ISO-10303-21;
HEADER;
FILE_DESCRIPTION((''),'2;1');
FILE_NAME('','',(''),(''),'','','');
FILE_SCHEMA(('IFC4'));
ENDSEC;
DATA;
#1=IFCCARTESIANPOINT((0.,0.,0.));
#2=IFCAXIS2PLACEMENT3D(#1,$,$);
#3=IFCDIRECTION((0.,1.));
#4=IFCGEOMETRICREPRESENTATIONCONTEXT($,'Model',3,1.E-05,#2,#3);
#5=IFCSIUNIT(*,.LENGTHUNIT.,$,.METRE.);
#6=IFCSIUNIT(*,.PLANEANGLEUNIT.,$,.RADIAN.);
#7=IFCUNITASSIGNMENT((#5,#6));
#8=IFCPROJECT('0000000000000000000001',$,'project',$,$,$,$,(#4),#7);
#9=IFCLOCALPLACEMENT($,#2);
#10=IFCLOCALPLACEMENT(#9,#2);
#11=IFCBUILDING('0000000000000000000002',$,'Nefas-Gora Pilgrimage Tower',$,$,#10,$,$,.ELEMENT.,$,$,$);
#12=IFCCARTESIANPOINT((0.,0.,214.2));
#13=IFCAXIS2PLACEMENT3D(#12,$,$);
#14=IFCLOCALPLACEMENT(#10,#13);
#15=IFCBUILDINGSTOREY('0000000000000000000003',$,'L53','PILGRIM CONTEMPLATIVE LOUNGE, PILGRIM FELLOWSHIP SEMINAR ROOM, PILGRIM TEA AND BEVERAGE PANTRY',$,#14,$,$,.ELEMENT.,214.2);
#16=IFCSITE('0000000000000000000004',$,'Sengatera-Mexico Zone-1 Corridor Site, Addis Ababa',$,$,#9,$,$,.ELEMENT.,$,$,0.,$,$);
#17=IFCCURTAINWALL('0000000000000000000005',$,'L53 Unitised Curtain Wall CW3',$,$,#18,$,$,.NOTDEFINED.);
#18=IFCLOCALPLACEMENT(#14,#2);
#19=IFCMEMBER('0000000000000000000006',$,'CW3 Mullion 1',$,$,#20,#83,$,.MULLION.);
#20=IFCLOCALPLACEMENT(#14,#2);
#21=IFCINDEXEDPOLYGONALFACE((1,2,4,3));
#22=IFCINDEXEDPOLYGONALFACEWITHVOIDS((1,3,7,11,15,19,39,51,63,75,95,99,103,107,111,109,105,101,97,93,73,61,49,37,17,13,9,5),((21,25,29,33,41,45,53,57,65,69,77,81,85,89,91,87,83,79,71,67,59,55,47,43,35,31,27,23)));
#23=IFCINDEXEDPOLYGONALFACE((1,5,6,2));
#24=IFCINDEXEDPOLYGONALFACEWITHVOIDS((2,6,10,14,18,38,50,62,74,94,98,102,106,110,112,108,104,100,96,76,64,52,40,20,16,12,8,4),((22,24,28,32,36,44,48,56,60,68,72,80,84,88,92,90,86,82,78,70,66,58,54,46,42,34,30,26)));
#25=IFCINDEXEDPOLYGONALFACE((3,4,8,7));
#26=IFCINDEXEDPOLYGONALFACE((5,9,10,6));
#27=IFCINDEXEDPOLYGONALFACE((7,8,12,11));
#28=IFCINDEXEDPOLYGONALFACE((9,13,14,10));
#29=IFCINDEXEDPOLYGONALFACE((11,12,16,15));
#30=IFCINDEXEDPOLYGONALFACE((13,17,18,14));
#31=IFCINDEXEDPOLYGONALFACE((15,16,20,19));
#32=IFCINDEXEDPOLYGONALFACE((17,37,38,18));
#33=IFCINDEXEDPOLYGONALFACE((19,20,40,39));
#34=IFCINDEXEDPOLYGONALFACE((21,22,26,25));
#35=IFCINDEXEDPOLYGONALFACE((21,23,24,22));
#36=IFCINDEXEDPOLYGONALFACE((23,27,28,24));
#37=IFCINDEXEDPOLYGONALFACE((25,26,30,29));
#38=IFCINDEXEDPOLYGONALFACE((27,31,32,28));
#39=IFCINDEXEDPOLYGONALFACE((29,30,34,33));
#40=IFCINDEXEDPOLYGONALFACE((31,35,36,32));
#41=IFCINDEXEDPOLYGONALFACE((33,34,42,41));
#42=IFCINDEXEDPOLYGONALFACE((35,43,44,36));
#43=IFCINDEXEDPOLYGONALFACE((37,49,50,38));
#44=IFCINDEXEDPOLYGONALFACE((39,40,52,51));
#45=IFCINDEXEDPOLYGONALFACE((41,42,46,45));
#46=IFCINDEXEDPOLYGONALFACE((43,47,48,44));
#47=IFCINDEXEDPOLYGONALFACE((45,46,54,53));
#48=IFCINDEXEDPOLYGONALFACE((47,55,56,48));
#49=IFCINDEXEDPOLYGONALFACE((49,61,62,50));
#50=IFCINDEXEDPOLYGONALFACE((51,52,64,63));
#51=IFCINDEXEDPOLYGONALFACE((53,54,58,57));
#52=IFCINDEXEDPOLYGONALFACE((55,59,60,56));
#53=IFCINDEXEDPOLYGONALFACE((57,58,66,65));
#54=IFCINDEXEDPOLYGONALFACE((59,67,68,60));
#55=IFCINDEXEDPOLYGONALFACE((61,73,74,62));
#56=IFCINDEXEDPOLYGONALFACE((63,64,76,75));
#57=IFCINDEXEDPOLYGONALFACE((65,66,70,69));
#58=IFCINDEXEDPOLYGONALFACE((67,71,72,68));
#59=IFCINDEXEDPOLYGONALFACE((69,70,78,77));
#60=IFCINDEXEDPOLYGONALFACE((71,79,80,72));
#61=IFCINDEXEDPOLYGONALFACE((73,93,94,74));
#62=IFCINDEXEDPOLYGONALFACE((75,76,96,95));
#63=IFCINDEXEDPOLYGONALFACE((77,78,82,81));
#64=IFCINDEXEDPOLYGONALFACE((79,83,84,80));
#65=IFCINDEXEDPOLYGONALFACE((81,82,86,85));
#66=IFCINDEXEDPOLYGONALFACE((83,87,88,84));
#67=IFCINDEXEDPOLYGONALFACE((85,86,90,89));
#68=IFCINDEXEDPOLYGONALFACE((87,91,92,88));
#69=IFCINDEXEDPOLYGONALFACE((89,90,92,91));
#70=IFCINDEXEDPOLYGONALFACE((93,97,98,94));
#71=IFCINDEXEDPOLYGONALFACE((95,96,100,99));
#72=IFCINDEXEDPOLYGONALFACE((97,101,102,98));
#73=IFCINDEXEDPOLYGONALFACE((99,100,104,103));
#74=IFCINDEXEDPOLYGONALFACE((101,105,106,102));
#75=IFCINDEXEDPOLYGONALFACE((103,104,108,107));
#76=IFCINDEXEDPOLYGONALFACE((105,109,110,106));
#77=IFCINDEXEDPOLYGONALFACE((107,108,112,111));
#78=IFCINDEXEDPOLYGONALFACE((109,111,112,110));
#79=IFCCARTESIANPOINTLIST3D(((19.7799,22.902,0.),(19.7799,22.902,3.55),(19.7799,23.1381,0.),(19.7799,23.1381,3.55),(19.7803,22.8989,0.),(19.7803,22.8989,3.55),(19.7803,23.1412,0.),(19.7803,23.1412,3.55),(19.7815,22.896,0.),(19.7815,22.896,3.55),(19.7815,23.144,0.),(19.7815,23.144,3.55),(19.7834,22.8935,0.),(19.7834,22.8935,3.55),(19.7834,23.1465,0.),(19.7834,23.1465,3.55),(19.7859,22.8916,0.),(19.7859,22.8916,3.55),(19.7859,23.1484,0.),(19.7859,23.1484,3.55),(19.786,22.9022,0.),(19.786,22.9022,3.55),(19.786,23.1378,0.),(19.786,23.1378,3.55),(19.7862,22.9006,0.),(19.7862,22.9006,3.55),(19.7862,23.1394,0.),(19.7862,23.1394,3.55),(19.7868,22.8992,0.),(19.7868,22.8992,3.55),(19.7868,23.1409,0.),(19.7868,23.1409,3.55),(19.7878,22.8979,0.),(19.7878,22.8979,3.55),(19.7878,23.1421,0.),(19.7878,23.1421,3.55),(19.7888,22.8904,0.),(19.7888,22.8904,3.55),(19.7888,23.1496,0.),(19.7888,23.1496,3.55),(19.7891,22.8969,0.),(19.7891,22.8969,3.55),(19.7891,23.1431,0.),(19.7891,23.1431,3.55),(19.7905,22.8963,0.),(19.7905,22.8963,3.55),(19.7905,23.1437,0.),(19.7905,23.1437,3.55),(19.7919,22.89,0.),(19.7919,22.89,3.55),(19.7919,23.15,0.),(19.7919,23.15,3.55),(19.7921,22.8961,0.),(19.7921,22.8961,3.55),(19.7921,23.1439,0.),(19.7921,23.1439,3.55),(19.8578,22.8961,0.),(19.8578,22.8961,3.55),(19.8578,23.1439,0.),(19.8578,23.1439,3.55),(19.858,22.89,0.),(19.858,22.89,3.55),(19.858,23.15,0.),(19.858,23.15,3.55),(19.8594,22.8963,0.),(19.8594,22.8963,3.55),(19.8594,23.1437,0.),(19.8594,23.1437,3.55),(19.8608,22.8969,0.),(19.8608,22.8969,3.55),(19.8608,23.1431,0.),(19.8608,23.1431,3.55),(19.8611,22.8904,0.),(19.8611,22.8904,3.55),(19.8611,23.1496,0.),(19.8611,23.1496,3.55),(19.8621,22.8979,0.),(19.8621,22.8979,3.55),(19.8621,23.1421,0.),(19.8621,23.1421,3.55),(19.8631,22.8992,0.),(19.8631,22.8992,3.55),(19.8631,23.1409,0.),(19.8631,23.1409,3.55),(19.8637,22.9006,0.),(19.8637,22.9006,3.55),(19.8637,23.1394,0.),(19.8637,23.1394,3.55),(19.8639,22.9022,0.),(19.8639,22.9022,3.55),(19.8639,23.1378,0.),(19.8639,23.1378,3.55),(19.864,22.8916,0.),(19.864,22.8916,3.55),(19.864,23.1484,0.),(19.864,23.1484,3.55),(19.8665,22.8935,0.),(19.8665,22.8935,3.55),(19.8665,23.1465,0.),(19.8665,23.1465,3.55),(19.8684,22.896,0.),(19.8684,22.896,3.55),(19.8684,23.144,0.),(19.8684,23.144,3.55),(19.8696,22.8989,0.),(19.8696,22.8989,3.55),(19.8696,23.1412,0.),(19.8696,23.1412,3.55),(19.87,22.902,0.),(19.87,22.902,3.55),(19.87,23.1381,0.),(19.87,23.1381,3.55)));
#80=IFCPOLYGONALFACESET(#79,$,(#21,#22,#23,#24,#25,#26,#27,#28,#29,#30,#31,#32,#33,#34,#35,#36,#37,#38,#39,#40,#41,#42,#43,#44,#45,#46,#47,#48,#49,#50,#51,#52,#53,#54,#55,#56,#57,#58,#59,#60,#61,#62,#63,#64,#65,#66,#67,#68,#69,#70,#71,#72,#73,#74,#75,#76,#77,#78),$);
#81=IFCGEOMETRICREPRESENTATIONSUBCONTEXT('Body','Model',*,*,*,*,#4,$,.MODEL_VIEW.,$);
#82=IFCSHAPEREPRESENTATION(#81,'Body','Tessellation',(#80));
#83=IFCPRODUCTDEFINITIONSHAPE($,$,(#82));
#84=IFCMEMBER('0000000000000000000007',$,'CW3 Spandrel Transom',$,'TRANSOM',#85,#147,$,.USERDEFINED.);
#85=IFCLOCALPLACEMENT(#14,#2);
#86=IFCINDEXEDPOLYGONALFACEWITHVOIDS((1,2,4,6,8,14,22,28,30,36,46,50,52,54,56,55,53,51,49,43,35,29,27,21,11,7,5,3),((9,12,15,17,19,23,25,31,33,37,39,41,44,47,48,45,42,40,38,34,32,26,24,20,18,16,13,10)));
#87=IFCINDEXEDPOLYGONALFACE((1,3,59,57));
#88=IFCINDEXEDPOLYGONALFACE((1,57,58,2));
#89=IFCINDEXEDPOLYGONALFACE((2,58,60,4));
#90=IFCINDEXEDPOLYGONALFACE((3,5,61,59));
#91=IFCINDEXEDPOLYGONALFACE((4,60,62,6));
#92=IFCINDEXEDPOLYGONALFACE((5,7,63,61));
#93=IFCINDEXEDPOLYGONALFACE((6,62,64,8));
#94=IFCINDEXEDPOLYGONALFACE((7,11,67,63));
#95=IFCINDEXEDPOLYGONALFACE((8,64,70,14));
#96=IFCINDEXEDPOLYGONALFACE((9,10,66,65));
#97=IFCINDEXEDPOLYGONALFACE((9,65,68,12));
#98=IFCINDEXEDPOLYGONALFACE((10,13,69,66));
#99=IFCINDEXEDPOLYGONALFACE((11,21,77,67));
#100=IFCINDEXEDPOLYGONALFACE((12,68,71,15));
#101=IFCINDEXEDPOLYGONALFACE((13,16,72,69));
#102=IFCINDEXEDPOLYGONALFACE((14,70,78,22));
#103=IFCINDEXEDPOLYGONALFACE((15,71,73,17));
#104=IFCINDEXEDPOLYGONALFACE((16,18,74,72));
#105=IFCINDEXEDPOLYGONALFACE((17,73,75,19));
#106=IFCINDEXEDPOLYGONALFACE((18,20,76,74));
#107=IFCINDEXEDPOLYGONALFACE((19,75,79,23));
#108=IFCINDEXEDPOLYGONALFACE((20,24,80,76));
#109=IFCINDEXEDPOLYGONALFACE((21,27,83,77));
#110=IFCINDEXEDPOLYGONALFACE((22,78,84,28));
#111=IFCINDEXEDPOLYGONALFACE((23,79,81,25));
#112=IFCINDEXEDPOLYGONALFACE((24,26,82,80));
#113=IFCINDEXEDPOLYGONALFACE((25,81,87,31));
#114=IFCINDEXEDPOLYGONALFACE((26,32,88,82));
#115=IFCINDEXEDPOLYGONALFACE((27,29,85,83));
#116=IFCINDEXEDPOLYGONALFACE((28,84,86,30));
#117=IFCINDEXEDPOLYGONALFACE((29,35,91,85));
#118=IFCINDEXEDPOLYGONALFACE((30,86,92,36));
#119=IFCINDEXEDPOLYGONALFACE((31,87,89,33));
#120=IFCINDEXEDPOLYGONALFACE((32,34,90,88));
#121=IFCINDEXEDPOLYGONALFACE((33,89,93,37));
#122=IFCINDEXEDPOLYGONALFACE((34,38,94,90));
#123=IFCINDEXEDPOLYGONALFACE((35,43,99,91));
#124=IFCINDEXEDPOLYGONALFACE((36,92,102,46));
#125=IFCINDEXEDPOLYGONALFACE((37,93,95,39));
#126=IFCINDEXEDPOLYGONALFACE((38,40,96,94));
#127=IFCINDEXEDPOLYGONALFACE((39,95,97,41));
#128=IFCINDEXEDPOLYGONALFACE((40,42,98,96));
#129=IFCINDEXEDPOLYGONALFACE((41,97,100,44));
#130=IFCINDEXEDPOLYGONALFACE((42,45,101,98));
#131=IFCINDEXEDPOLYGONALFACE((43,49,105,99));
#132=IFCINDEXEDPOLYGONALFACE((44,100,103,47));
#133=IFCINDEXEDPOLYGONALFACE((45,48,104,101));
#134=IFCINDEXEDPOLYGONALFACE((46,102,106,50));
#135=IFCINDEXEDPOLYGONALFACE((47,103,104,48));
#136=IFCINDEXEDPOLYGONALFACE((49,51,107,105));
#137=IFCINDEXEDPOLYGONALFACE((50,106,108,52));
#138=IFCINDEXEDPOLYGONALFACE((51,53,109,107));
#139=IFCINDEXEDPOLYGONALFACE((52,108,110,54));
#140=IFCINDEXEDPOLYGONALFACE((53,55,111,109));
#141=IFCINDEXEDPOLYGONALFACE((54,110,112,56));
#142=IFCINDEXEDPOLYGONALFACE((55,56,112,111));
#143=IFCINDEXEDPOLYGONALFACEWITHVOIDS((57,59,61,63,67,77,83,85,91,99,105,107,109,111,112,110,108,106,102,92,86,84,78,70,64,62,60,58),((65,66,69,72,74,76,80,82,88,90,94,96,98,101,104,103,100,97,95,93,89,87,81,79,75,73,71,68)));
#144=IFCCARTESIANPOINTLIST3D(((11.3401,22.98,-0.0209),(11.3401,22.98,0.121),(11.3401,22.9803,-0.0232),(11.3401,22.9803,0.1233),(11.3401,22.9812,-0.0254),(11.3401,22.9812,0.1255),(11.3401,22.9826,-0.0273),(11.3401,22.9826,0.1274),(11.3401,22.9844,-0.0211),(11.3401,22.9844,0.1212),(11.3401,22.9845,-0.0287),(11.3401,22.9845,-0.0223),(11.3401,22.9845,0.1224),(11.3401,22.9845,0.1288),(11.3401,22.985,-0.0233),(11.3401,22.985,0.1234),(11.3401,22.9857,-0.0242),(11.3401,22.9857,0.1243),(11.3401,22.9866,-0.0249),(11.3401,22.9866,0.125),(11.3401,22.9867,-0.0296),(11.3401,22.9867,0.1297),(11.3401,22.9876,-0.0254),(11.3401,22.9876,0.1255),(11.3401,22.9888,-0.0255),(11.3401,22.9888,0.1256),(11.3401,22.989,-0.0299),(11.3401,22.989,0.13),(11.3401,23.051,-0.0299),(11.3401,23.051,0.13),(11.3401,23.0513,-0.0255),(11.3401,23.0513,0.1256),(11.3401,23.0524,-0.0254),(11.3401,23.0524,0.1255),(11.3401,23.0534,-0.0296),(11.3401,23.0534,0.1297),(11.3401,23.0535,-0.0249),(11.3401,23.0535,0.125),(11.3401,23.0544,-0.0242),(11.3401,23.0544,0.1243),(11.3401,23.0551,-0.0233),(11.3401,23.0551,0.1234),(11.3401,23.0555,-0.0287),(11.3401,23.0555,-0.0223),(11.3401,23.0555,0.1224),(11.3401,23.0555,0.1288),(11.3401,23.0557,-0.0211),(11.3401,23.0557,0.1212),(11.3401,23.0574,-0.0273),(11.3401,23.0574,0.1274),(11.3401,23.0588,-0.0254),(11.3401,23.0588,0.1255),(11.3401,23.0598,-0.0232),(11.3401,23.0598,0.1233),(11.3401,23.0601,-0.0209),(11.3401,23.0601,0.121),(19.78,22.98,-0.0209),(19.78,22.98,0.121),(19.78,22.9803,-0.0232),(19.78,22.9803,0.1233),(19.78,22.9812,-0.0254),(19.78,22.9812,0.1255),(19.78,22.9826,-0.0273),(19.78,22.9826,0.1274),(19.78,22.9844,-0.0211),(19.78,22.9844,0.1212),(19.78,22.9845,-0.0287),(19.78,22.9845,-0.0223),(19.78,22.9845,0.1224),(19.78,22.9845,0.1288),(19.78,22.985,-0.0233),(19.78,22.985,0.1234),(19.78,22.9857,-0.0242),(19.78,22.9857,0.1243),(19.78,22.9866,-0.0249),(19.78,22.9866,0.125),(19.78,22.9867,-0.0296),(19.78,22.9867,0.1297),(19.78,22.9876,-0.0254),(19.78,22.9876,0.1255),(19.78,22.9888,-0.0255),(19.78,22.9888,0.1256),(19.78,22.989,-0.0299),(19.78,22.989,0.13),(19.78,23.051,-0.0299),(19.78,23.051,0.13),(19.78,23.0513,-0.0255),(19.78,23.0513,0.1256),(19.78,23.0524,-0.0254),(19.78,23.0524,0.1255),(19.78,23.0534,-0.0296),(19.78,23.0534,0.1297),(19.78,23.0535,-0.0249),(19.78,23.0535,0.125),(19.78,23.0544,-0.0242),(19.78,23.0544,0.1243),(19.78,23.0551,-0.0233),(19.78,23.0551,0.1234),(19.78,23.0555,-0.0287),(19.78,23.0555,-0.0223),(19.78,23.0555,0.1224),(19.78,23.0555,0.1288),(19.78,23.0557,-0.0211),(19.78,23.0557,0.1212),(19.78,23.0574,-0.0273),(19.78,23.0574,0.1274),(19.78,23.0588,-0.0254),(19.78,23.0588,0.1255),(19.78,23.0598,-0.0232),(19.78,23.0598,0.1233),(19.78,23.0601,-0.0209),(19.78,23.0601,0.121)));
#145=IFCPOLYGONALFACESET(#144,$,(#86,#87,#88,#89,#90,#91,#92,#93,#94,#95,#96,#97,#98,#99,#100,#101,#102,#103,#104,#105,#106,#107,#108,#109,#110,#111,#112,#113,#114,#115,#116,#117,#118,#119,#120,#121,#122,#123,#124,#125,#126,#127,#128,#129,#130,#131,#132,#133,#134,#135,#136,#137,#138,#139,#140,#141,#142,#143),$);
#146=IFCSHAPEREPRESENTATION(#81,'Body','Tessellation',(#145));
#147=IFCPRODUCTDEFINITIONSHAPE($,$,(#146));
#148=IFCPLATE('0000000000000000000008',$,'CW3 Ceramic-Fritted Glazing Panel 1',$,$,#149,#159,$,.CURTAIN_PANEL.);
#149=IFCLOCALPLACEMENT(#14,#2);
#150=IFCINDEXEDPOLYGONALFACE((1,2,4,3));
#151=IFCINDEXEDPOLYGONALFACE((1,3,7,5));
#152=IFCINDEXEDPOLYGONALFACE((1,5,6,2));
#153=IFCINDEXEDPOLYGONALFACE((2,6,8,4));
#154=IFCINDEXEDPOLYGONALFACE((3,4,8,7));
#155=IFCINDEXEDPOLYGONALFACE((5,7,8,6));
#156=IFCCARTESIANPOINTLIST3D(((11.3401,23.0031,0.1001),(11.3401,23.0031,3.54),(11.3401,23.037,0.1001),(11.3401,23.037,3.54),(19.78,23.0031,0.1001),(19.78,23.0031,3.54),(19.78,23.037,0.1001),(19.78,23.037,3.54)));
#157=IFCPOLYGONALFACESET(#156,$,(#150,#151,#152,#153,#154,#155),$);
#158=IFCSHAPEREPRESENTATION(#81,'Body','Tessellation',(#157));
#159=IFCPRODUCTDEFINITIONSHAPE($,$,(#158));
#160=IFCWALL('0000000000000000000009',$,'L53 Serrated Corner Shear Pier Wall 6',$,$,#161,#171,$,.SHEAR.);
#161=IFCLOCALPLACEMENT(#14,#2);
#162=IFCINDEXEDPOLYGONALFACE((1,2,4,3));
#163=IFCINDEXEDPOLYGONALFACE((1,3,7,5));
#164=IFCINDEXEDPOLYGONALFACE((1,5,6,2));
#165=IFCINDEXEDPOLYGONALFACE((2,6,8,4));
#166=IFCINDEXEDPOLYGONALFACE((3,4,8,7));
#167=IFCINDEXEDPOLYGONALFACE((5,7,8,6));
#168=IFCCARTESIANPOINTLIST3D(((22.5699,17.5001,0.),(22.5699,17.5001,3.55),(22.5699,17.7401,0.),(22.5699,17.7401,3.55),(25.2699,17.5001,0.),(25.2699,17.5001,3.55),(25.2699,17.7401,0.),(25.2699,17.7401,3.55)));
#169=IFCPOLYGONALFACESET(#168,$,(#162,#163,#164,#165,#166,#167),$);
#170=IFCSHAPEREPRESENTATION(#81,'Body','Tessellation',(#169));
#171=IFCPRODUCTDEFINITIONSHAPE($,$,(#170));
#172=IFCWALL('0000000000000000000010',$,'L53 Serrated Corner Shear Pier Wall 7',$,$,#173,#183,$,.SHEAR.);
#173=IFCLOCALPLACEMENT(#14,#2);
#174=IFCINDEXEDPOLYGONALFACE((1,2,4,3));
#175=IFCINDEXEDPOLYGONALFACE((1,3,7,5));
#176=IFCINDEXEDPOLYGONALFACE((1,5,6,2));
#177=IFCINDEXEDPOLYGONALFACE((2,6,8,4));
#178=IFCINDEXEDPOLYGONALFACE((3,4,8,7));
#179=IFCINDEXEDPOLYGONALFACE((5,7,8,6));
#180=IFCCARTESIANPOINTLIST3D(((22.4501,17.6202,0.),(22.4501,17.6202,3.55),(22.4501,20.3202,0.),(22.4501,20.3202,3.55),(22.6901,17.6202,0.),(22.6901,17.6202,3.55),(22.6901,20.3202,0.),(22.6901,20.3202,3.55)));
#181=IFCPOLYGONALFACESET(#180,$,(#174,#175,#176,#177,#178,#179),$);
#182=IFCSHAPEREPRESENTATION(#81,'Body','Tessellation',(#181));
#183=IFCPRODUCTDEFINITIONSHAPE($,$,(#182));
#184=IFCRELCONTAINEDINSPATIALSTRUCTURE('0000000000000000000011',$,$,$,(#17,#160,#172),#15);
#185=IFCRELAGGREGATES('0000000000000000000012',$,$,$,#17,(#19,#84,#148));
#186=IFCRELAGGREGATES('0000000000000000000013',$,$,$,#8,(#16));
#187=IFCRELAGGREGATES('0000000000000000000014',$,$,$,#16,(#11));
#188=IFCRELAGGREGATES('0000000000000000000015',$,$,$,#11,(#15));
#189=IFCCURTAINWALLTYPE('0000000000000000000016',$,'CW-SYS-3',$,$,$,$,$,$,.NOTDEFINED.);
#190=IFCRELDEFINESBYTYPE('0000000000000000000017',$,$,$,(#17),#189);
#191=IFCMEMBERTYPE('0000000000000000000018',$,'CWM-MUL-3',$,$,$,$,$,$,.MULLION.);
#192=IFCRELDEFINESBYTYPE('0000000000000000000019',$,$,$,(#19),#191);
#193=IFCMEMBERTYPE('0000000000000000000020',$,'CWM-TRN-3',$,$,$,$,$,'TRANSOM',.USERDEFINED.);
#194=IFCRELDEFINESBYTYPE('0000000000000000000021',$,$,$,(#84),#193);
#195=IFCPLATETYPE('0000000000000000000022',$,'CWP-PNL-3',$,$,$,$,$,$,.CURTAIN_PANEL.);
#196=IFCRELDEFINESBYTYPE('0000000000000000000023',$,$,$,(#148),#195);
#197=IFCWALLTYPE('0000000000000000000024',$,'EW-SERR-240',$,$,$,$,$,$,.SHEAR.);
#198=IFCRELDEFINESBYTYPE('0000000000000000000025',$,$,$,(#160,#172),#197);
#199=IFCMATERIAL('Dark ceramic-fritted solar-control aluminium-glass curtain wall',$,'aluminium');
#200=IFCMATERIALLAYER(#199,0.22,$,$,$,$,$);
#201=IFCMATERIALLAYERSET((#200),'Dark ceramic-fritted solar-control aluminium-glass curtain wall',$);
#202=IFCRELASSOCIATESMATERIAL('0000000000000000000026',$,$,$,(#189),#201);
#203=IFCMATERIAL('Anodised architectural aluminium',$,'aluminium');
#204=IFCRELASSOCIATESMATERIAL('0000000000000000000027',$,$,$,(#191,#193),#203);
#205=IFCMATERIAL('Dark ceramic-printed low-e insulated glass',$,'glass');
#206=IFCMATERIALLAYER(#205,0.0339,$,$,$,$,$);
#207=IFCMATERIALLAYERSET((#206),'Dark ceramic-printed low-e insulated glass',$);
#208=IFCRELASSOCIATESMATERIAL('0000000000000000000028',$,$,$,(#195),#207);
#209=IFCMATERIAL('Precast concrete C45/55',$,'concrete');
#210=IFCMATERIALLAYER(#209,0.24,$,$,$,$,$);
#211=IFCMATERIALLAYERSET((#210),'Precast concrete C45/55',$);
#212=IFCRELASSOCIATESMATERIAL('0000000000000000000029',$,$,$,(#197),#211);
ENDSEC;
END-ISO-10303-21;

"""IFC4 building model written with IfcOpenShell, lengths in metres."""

from ifc_helpers import new_model, si_unit, direction, frame, frame_2d, origin, origin_2d, place, context, subcontext, project, spatial, rectangle, hollow_rectangle, extrude, source, transform, mapped, material, layer, layer_set, material_profile, profile_set, type_object, element, aggregate, save


model = new_model("IFC4")

# Units and contexts
model_context = context("Model", 3, precision=1e-05, world=origin(), true_north=direction((0.0, 1.0)))
body_context = subcontext(model_context, "Body", "Model", "MODEL_VIEW")
ifc_project = project(units=[si_unit("LENGTHUNIT", "METRE"), si_unit("PLANEANGLEUNIT", "RADIAN")], contexts=[model_context])

# Site, building, storey
site_placement = place(None, origin())
site = spatial("IfcSite", under=ifc_project, at=site_placement, Name="Sengatera-Mexico Zone-1 Corridor Site, Addis Ababa", CompositionType="ELEMENT", RefElevation=0.0)
building_placement = place(site_placement, origin())
building = spatial("IfcBuilding", under=site, at=building_placement, Name="Nefas-Gora Pilgrimage Tower", CompositionType="ELEMENT")
storey_placement = place(building_placement, frame((0.0, 0.0, 214.2)))
storey = spatial("IfcBuildingStorey", under=building, at=storey_placement, Name="L53", Description="PILGRIM CONTEMPLATIVE LOUNGE, PILGRIM FELLOWSHIP SEMINAR ROOM, PILGRIM TEA AND BEVERAGE PANTRY", CompositionType="ELEMENT", Elevation=214.2)

# Shared definitions
ifc_material_1 = material(Name="Dark ceramic-fritted solar-control aluminium-glass curtain wall", Category="aluminium")
ifc_layer_1 = layer(ifc_material_1, 0.22)
ifc_layer_set_1 = layer_set([ifc_layer_1], Name="Dark ceramic-fritted solar-control aluminium-glass curtain wall")
curtain_wall_type = type_object("IfcCurtainWallType", Name="CW-SYS-3", PredefinedType="NOTDEFINED", material=ifc_layer_set_1)
ifc_material_2 = material(Name="Anodised architectural aluminium", Category="aluminium")
ifc_material_profile_1 = material_profile(ifc_material_2, hollow_rectangle(XDim=0.0901, YDim=0.26, WallThickness=0.0061, InnerFilletRadius=0.0061, OuterFilletRadius=0.012, at=origin_2d()), Name="ALU MULLION 90x260")
ifc_profile_set_1 = profile_set([ifc_material_profile_1], Name="Anodised architectural aluminium")
member_type_1 = type_object("IfcMemberType", Name="CWM-MUL-3", PredefinedType="MULLION", material=ifc_profile_set_1)
shared_shape_1 = source(origin(), body_context, "Body", "SweptSolid", [
    extrude(hollow_rectangle(XDim=0.0901, YDim=0.26, WallThickness=0.0061, InnerFilletRadius=0.0061, OuterFilletRadius=0.012, at=origin_2d()), origin(), (0.0, 0.0, 1.0), 3.55),
])

# Curtain wall, members, plate
curtain_wall_1_placement = place(storey_placement, origin())
curtain_wall_1 = element("IfcCurtainWall", 1, at=curtain_wall_1_placement, inside=storey, type_object=curtain_wall_type, Name="L53 Unitised Curtain Wall CW3", PredefinedType="NOTDEFINED")
member_1_placement = place(storey_placement, frame((19.825, 23.02, 0.0), z_axis=(0.0, 0.0, 1.0), x_axis=(-1.0, 0.0, 0.0)))
member_1 = element("IfcMember", 2, at=member_1_placement, type_object=member_type_1, Name="CW3 Mullion 1", PredefinedType="MULLION", context=body_context, shape_type="MappedRepresentation", body=[
    mapped(shared_shape_1, transform((0.0, 0.0, 0.0), x_axis=(1.0, 0.0, 0.0), y_axis=(0.0, 1.0, 0.0), z_axis=(0.0, 0.0, 1.0), scale=1.0)),
])
ifc_material_profile_2 = material_profile(ifc_material_2, hollow_rectangle(XDim=0.0801, YDim=0.1599, WallThickness=0.0044, InnerFilletRadius=0.0044, OuterFilletRadius=0.009, at=origin_2d()), Name="ALU TRANSOM 80x160")
ifc_profile_set_2 = profile_set([ifc_material_profile_2], Name="Anodised architectural aluminium")
member_type_2 = type_object("IfcMemberType", Name="CWM-TRN-3", ElementType="TRANSOM", PredefinedType="USERDEFINED", material=ifc_profile_set_2)
shared_shape_2 = source(origin(), body_context, "Body", "SweptSolid", [
    extrude(hollow_rectangle(XDim=0.0801, YDim=0.1599, WallThickness=0.0044, InnerFilletRadius=0.0044, OuterFilletRadius=0.009, at=origin_2d()), origin(), (0.0, 0.0, 1.0), 8.4399),
])
member_2_placement = place(storey_placement, frame((19.78, 23.02, 0.05), z_axis=(-1.0, 0.0, 0.0), x_axis=(0.0, -1.0, 0.0)))
member_2 = element("IfcMember", 3, at=member_2_placement, type_object=member_type_2, Name="CW3 Spandrel Transom", ObjectType="TRANSOM", PredefinedType="USERDEFINED", context=body_context, shape_type="MappedRepresentation", body=[
    mapped(shared_shape_2, transform((0.0, 0.0, 0.0), x_axis=(1.0, 0.0, 0.0), y_axis=(0.0, 1.0, 0.0), z_axis=(0.0, 0.0, 1.0), scale=1.0)),
])
ifc_material_3 = material(Name="Dark ceramic-printed low-e insulated glass", Category="glass")
ifc_layer_2 = layer(ifc_material_3, 0.0339)
ifc_layer_set_2 = layer_set([ifc_layer_2], Name="Dark ceramic-printed low-e insulated glass")
plate_type = type_object("IfcPlateType", Name="CWP-PNL-3", PredefinedType="CURTAIN_PANEL", material=ifc_layer_set_2)
shared_shape_3 = source(origin(), body_context, "Body", "SweptSolid", [
    extrude(rectangle(XDim=8.4399, YDim=0.0339, at=origin_2d()), origin(), (0.0, 0.0, 1.0), 3.4399),
])
plate_placement = place(storey_placement, frame((15.5601, 23.02, 0.1001), z_axis=(0.0, 0.0, 1.0), x_axis=(-1.0, 0.0, 0.0)))
plate = element("IfcPlate", 4, at=plate_placement, type_object=plate_type, Name="CW3 Ceramic-Fritted Glazing Panel 1", PredefinedType="CURTAIN_PANEL", context=body_context, shape_type="MappedRepresentation", body=[
    mapped(shared_shape_3, transform((0.0, 0.0, 0.0), x_axis=(1.0, 0.0, 0.0), y_axis=(0.0, 1.0, 0.0), z_axis=(0.0, 0.0, 1.0), scale=1.0)),
])
aggregate(curtain_wall_1, [member_1, member_2, plate])

# Walls
ifc_material_4 = material(Name="Precast concrete C45/55", Category="concrete")
ifc_layer_3 = layer(ifc_material_4, 0.24)
ifc_layer_set_3 = layer_set([ifc_layer_3], Name="Precast concrete C45/55")
wall_type_1 = type_object("IfcWallType", Name="EW-SERR-240", PredefinedType="SHEAR", material=ifc_layer_set_3)
shared_shape_4 = source(origin(), body_context, "Body", "SweptSolid", [
    extrude(rectangle(XDim=2.7, YDim=0.24, at=frame_2d((1.3501, 0.0))), origin(), (0.0, 0.0, 1.0), 3.55),
])
for number, where, z_axis, x_axis, name in (
    (5, (25.27, 17.6201, 0.0), (0.0, 0.0, 1.0), (-1.0, 0.0, 0.0), "L53 Serrated Corner Shear Pier Wall 6"),
    (6, (22.5701, 17.6201, 0.0), (0.0, 0.0, 1.0), (0.0, 1.0, 0.0), "L53 Serrated Corner Shear Pier Wall 7"),
):
    element("IfcWall", number, at=place(storey_placement, frame(where, z_axis=z_axis, x_axis=x_axis)), inside=storey, type_object=wall_type_1, Name=name, PredefinedType="SHEAR", context=body_context, shape_type="MappedRepresentation", body=[
        mapped(shared_shape_4, transform((0.0, 0.0, 0.0), x_axis=(1.0, 0.0, 0.0), y_axis=(0.0, 1.0, 0.0), z_axis=(0.0, 0.0, 1.0), scale=1.0)),
    ])

save(model, "model.ifc")
